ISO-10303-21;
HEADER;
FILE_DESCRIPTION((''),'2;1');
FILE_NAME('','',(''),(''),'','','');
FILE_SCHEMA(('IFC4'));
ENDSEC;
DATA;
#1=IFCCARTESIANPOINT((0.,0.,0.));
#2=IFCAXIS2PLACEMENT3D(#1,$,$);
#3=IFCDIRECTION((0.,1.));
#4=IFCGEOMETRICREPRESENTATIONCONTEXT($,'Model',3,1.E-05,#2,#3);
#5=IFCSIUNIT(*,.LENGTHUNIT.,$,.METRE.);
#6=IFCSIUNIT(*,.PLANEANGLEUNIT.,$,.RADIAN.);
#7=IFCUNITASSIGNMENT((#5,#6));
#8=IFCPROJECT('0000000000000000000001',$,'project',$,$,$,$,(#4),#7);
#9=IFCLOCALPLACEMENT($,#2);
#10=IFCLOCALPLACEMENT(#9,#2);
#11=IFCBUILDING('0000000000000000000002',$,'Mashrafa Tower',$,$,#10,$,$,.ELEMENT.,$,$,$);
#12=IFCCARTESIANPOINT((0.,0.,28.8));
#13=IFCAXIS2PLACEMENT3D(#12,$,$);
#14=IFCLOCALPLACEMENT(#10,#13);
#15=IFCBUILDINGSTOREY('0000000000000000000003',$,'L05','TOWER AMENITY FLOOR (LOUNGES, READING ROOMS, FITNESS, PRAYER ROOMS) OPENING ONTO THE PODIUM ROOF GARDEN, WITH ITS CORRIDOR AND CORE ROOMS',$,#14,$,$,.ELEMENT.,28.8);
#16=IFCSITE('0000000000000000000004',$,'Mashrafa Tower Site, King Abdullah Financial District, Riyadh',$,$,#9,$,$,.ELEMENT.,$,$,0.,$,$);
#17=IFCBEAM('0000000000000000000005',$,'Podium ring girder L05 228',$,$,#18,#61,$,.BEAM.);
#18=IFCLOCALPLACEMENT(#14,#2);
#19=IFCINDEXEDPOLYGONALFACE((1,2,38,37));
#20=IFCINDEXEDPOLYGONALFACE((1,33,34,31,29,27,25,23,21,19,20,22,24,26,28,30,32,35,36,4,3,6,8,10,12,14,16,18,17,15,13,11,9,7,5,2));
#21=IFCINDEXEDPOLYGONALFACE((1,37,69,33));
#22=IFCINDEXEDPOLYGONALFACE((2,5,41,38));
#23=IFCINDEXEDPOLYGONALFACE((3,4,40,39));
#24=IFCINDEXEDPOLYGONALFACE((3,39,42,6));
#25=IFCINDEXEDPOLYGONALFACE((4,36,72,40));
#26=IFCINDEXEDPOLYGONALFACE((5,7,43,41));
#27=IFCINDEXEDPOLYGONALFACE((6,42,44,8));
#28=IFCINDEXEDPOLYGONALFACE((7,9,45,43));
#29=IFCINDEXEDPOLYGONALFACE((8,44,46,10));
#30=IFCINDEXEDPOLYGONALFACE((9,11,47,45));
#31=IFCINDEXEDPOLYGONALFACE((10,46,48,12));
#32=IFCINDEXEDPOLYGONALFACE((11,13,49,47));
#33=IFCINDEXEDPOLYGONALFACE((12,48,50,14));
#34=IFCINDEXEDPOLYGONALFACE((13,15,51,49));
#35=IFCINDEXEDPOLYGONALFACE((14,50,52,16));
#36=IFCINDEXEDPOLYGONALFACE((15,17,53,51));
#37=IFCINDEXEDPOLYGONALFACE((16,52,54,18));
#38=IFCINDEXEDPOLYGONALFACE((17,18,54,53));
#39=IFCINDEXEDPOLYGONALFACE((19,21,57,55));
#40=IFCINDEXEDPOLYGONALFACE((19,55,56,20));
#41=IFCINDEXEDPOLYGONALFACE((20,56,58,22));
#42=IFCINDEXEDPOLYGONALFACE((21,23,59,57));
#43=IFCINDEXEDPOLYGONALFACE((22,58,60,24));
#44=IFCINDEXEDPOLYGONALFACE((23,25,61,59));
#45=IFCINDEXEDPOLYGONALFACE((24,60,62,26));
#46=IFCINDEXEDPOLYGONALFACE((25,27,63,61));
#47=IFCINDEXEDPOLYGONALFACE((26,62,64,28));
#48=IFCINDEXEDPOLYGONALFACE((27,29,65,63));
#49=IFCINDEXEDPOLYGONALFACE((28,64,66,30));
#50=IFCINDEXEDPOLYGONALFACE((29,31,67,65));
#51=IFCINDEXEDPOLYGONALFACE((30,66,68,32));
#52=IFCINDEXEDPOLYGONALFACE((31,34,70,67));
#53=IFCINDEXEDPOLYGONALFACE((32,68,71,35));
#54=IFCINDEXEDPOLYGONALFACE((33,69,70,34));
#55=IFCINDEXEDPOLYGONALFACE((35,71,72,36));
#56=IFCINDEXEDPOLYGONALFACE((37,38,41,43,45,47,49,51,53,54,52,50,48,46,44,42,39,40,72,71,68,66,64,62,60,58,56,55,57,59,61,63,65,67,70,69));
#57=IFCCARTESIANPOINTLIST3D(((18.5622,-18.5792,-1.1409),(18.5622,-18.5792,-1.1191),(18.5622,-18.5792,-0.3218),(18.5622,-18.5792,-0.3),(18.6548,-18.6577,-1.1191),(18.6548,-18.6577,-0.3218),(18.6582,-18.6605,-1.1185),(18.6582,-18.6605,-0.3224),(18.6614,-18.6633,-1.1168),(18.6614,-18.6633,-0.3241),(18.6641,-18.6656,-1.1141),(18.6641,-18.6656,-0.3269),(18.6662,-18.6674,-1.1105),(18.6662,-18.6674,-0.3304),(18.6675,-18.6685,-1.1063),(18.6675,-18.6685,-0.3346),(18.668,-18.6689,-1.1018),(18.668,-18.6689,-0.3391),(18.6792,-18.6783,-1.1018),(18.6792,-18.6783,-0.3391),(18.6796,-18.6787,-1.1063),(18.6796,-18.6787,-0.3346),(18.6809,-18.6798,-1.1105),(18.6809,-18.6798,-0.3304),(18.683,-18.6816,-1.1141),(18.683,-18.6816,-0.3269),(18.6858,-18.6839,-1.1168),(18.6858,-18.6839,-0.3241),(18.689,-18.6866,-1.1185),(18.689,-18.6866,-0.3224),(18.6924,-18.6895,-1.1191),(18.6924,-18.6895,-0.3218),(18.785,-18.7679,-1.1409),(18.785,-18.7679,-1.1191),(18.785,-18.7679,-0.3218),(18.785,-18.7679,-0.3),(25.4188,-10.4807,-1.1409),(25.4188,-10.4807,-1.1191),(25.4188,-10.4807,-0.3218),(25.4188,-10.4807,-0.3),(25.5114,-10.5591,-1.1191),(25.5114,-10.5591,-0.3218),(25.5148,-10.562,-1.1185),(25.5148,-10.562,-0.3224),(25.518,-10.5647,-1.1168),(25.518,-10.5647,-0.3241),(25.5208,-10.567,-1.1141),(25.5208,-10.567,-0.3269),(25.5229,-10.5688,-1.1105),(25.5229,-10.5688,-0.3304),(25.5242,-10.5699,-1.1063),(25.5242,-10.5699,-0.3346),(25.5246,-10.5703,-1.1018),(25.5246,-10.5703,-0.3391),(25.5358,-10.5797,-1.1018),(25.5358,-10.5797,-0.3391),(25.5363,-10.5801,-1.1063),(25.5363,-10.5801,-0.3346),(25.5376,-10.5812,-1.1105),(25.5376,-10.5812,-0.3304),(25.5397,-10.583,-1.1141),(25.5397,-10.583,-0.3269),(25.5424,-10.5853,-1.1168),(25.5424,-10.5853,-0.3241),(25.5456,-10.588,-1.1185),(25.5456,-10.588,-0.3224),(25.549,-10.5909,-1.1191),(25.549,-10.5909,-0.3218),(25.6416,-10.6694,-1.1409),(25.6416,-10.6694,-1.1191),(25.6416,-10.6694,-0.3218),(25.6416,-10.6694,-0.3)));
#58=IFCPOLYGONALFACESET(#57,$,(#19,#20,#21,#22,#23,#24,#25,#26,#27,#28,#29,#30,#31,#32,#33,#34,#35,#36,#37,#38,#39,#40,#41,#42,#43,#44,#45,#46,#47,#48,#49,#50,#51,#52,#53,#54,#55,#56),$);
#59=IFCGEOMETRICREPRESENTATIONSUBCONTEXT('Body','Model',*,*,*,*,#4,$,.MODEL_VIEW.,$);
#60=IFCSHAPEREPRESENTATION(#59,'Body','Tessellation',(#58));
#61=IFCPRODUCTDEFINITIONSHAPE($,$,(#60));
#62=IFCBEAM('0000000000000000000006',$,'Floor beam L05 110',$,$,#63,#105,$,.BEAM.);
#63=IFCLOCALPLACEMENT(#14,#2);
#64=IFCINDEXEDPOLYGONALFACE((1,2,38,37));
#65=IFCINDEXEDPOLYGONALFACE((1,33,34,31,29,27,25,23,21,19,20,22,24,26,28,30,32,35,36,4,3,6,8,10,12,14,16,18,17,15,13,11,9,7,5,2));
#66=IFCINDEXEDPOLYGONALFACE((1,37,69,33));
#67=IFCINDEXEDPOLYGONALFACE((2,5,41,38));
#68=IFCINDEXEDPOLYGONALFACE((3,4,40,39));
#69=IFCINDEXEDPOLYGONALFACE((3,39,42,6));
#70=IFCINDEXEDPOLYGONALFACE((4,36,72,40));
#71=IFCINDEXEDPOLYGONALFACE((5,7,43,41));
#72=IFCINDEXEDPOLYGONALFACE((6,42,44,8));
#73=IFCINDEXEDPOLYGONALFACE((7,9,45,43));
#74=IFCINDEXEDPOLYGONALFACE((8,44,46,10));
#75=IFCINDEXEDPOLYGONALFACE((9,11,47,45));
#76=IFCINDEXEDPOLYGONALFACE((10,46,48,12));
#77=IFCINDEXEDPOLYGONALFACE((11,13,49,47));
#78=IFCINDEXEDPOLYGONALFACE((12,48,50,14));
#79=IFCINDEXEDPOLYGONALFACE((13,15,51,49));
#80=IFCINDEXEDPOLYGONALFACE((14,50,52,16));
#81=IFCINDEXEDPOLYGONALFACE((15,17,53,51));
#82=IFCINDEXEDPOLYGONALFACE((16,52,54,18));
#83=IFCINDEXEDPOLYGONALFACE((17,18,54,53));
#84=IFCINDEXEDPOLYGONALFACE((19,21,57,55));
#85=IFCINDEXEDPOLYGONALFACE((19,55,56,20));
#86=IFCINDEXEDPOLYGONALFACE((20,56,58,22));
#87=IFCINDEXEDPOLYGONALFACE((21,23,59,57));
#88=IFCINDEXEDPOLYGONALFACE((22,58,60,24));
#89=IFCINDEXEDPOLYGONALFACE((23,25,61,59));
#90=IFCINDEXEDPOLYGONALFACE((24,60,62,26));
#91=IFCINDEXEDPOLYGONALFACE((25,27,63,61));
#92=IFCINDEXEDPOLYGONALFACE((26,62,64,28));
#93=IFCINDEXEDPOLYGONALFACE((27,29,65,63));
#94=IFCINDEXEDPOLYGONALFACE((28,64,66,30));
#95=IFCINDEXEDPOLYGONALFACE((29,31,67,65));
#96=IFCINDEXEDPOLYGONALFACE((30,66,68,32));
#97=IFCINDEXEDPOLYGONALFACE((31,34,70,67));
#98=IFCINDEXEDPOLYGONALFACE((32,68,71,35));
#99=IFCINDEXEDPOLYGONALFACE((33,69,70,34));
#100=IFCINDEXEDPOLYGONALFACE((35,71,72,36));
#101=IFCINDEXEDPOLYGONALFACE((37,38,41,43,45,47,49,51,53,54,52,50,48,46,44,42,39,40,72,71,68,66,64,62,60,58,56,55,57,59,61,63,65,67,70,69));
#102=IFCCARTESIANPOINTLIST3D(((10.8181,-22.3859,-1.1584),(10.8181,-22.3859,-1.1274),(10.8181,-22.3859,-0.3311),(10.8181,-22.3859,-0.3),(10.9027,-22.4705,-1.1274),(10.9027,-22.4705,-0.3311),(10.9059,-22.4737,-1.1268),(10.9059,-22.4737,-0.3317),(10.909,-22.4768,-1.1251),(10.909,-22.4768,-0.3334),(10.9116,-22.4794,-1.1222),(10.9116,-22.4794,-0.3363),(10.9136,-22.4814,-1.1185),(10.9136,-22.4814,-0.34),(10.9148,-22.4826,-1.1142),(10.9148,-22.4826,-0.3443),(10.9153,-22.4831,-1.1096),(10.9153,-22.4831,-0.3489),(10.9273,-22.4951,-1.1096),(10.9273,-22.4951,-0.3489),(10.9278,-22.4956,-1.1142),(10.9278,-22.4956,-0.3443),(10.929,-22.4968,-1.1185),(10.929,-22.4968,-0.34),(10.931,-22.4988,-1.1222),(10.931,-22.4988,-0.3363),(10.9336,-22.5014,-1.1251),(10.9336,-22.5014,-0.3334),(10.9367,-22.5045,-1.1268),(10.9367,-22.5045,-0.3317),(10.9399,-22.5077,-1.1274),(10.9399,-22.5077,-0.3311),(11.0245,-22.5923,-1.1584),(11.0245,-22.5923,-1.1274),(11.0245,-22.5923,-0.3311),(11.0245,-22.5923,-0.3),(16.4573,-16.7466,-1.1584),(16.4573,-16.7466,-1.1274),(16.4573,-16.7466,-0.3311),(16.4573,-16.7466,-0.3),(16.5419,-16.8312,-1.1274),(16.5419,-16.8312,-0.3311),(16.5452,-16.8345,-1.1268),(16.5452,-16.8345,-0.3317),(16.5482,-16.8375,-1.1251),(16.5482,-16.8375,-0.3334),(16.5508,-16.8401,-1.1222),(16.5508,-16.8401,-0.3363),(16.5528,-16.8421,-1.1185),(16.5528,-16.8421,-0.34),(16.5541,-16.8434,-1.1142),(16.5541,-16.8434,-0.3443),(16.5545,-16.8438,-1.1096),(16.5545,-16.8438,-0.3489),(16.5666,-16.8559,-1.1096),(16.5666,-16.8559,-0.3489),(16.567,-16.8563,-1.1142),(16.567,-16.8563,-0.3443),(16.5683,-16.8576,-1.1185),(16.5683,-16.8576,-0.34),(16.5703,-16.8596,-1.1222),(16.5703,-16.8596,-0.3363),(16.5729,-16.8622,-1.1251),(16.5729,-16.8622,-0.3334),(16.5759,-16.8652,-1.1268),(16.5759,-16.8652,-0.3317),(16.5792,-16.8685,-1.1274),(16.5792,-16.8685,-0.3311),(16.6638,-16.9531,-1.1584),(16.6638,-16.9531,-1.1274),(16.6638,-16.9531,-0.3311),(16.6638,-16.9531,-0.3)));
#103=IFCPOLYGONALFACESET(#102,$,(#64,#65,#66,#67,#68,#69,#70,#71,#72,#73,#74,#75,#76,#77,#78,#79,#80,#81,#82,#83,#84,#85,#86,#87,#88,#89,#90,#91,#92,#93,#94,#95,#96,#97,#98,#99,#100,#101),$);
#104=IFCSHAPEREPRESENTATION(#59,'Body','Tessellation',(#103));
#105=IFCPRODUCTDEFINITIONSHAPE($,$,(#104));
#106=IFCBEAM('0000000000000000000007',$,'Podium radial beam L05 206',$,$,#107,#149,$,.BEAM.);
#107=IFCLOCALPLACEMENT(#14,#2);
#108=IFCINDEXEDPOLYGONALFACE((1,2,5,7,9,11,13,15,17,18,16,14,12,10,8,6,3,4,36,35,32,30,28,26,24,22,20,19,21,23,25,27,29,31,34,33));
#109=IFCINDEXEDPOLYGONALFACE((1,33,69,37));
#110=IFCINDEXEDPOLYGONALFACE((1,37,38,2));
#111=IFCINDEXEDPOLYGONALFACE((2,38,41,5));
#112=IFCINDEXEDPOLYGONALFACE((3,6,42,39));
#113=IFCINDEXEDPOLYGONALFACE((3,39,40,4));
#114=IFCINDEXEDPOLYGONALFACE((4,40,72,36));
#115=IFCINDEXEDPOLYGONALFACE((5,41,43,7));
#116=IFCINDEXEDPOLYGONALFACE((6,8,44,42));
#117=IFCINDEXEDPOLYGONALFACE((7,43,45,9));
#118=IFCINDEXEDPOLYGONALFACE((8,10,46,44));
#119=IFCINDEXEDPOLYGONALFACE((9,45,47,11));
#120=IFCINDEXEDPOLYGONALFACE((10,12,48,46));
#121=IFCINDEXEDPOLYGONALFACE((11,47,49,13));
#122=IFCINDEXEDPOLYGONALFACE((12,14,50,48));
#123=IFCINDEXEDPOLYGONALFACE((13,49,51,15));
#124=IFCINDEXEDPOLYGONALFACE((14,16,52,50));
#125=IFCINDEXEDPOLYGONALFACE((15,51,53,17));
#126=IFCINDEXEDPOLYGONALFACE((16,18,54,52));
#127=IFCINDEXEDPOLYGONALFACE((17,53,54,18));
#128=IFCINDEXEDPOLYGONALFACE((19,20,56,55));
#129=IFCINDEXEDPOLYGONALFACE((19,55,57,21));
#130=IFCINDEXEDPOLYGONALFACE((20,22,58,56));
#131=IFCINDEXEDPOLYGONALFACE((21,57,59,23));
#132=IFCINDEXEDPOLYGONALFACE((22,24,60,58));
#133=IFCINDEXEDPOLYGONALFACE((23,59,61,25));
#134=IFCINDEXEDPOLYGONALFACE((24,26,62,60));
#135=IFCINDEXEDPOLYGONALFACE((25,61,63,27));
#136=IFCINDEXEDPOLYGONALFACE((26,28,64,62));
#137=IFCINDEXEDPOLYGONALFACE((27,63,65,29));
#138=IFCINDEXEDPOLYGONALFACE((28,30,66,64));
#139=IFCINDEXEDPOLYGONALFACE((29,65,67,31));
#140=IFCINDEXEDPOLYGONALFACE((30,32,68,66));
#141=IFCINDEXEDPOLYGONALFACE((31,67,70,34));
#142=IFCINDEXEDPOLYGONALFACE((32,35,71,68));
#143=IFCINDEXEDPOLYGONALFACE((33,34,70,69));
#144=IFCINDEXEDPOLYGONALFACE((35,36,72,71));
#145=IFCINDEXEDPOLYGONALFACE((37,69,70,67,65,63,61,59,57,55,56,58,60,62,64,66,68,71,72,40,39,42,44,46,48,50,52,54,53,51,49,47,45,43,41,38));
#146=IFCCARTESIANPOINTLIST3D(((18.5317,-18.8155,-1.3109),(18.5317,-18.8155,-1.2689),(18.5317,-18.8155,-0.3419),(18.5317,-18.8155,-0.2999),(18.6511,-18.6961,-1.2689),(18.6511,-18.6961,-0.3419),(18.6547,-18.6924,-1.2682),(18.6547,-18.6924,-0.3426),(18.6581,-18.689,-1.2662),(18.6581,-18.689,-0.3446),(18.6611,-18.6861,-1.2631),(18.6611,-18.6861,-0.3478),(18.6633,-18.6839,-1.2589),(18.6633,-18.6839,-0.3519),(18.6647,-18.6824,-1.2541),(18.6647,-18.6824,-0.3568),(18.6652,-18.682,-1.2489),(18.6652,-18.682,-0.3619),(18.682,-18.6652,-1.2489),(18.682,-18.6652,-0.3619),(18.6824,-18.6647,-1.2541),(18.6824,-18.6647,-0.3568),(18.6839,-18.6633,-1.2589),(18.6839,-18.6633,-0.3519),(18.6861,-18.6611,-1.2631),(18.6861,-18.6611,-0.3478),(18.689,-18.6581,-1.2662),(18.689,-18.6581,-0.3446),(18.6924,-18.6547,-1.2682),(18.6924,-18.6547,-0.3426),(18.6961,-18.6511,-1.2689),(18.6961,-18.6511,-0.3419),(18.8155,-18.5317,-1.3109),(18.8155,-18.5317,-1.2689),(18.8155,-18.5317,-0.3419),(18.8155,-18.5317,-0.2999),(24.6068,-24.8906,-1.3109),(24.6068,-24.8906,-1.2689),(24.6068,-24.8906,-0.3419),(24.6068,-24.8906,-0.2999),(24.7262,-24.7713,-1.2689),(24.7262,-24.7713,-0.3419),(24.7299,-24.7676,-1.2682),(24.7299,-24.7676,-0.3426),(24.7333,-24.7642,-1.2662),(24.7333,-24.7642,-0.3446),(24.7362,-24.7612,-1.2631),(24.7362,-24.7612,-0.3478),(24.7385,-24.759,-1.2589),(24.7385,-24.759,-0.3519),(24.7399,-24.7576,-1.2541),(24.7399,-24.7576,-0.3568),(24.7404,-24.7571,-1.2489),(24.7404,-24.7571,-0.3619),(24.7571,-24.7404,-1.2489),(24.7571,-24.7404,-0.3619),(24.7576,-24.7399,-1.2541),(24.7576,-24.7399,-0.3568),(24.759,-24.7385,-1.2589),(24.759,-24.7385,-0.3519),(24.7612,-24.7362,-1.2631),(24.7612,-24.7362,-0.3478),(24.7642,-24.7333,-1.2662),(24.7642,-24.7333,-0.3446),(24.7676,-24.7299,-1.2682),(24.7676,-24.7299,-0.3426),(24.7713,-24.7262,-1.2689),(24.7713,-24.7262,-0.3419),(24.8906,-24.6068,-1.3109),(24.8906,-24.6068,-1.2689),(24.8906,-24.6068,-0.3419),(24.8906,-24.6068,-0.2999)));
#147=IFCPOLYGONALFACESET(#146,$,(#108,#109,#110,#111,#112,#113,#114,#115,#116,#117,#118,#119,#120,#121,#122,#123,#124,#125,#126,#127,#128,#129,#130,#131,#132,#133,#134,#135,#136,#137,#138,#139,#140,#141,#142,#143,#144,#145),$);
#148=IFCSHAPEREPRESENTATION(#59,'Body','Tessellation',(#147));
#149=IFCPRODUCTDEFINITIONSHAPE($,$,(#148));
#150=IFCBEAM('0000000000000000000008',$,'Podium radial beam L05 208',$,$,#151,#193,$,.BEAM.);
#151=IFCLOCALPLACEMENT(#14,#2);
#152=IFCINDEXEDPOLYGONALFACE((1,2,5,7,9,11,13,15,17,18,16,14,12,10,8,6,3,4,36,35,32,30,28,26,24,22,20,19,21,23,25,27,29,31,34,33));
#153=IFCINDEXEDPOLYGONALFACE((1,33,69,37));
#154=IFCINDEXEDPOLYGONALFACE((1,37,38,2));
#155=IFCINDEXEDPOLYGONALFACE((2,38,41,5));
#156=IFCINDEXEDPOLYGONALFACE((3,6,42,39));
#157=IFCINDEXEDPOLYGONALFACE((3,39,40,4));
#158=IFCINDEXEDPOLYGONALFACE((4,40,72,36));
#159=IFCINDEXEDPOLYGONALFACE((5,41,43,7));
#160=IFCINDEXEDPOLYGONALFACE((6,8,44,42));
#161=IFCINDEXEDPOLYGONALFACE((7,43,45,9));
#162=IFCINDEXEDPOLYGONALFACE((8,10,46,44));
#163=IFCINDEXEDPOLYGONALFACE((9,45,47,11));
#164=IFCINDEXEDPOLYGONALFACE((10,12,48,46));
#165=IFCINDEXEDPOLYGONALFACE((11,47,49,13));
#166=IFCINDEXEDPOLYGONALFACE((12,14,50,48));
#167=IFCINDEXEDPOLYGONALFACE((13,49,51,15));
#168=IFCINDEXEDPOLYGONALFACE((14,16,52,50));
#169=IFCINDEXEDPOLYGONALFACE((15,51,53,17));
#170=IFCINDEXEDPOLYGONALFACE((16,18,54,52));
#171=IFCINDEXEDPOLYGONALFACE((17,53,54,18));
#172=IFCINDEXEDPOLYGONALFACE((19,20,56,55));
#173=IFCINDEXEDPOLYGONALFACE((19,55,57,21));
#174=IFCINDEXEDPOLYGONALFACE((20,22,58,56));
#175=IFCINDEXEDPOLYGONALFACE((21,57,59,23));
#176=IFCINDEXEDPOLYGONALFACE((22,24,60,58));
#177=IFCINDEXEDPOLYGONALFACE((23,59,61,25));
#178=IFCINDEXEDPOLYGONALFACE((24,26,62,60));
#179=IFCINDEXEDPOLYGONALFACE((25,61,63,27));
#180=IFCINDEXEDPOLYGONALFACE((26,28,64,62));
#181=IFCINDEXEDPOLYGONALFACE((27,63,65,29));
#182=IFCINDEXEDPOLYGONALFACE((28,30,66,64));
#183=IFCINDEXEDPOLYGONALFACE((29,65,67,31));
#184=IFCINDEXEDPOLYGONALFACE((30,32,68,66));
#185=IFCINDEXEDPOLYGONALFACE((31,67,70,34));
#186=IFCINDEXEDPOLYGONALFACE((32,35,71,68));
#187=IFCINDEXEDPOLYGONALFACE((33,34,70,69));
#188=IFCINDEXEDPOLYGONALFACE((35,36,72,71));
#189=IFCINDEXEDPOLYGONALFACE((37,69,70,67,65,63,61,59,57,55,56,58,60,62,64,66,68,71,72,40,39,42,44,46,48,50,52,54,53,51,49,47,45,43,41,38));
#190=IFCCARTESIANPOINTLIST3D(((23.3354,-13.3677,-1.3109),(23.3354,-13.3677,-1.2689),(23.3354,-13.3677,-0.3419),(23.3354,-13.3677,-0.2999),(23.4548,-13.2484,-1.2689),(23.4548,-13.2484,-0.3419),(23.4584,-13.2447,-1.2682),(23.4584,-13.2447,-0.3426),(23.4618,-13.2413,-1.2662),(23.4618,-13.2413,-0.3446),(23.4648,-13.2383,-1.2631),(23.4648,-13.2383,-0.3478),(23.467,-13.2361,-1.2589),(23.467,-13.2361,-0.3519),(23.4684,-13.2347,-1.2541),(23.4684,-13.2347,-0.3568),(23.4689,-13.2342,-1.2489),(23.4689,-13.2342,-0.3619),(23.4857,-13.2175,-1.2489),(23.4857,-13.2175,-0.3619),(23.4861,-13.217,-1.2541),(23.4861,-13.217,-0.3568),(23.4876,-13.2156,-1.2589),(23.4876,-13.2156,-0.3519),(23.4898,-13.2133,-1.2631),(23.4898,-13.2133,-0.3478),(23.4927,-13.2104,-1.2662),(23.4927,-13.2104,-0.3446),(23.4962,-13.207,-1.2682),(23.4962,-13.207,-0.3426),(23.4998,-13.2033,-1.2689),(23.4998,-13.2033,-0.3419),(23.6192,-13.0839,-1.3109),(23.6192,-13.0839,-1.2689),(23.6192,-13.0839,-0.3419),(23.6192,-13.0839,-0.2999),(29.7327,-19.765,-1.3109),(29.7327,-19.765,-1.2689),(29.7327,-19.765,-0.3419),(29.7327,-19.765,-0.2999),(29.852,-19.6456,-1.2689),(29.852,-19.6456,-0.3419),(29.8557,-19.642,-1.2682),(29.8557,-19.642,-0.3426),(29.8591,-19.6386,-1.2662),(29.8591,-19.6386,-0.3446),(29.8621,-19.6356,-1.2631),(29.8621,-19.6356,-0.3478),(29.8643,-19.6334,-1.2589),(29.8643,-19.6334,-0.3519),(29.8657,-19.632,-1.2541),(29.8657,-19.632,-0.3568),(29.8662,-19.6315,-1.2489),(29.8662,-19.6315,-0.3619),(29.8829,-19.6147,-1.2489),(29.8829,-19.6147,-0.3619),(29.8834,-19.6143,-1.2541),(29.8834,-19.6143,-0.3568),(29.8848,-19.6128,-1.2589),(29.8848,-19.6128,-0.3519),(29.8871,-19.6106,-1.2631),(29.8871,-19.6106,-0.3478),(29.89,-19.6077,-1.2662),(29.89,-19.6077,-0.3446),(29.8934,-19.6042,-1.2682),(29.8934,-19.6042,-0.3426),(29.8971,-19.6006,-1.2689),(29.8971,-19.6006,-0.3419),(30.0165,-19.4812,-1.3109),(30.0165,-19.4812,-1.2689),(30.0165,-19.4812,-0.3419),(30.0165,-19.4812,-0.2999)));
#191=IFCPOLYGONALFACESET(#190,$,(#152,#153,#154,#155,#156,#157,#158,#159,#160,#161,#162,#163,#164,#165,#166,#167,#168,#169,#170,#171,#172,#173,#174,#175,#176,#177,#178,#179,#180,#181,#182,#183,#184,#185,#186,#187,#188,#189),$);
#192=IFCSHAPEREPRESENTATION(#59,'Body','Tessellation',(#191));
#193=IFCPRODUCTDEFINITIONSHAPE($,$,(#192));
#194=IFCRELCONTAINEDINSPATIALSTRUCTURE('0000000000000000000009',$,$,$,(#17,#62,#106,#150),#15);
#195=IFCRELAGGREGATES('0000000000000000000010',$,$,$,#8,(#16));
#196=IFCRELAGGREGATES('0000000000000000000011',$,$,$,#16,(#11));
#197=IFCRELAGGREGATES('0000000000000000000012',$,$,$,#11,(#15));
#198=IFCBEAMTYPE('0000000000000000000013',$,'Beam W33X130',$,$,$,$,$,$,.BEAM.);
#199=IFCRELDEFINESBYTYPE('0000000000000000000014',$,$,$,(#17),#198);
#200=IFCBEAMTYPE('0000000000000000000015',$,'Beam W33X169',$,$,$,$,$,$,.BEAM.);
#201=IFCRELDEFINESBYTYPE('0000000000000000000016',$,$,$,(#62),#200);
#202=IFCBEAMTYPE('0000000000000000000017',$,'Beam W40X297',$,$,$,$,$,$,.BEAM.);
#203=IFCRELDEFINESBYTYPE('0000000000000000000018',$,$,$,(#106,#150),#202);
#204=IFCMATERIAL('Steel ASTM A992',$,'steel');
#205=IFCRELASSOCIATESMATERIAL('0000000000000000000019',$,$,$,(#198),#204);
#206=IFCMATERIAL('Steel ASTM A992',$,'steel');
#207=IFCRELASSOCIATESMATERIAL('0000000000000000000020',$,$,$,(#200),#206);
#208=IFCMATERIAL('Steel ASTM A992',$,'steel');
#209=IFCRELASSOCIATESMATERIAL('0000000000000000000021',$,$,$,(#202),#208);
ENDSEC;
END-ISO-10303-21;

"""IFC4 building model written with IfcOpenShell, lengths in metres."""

from ifc_helpers import new_model, si_unit, direction, frame, origin, origin_2d, place, context, subcontext, project, spatial, i_section, extrude, material, material_profile, profile_set, type_object, element, save


model = new_model("IFC4")

# Units and contexts
model_context = context("Model", 3, precision=1e-05, world=origin(), true_north=direction((0.0, 1.0)))
body_context = subcontext(model_context, "Body", "Model", "MODEL_VIEW")
ifc_project = project(units=[si_unit("LENGTHUNIT", "METRE"), si_unit("PLANEANGLEUNIT", "RADIAN")], contexts=[model_context])

# Site, building, storey
site_placement = place(None, origin())
site = spatial("IfcSite", under=ifc_project, at=site_placement, Name="Mashrafa Tower Site, King Abdullah Financial District, Riyadh", CompositionType="ELEMENT", RefElevation=0.0)
building_placement = place(site_placement, origin())
building = spatial("IfcBuilding", under=site, at=building_placement, Name="Mashrafa Tower", CompositionType="ELEMENT")
storey_placement = place(building_placement, frame((0.0, 0.0, 28.8)))
storey = spatial("IfcBuildingStorey", under=building, at=storey_placement, Name="L05", Description="TOWER AMENITY FLOOR (LOUNGES, READING ROOMS, FITNESS, PRAYER ROOMS) OPENING ONTO THE PODIUM ROOF GARDEN, WITH ITS CORRIDOR AND CORE ROOMS", CompositionType="ELEMENT", Elevation=28.8)

# Beams
ifc_material_1 = material(Name="Steel ASTM A992", Category="steel")
ifc_material_profile_1 = material_profile(ifc_material_1, i_section(OverallWidth=0.292, OverallDepth=0.8408, WebThickness=0.0146, FlangeThickness=0.0217, FilletRadius=0.0173, at=origin_2d()), Name="W33X130")
ifc_profile_set_1 = profile_set([ifc_material_profile_1], Name="Steel ASTM A992")
beam_type_1 = type_object("IfcBeamType", Name="Beam W33X130", PredefinedType="BEAM", material=ifc_profile_set_1)
beam_1_placement = place(storey_placement, frame((18.6736, -18.6736, -0.7205), z_axis=(0.646162, 0.7632, 0.0), x_axis=(-0.7632, 0.646162, 0.0)))
element("IfcBeam", 1, at=beam_1_placement, inside=storey, type_object=beam_type_1, Name="Podium ring girder L05 228", PredefinedType="BEAM", context=body_context, shape_type="SweptSolid", body=[
    extrude(i_section(OverallWidth=0.292, OverallDepth=0.8408, WebThickness=0.0146, FlangeThickness=0.0217, FilletRadius=0.0173, at=origin_2d()), origin(), (0.0, 0.0, 1.0), 10.6113),
])
ifc_material_2 = material(Name="Steel ASTM A992", Category="steel")
ifc_material_profile_2 = material_profile(ifc_material_2, i_section(OverallWidth=0.292, OverallDepth=0.8584, WebThickness=0.0171, FlangeThickness=0.031, FilletRadius=0.0178, at=origin_2d()), Name="W33X169")
ifc_profile_set_2 = profile_set([ifc_material_profile_2], Name="Steel ASTM A992")
beam_type_2 = type_object("IfcBeamType", Name="Beam W33X169", PredefinedType="BEAM", material=ifc_profile_set_2)
beam_2_placement = place(storey_placement, frame((16.5605, -16.8499, -0.7292), z_axis=(-0.707107, -0.707107, 0.0), x_axis=(0.707107, -0.707107, 0.0)))
element("IfcBeam", 2, at=beam_2_placement, inside=storey, type_object=beam_type_2, Name="Floor beam L05 110", PredefinedType="BEAM", context=body_context, shape_type="SweptSolid", body=[
    extrude(i_section(OverallWidth=0.292, OverallDepth=0.8584, WebThickness=0.0171, FlangeThickness=0.031, FilletRadius=0.0178, at=origin_2d()), origin(), (0.0, 0.0, 1.0), 7.9751),
])
ifc_material_3 = material(Name="Steel ASTM A992", Category="steel")
ifc_material_profile_3 = material_profile(ifc_material_3, i_section(OverallWidth=0.4014, OverallDepth=1.011, WebThickness=0.0237, FlangeThickness=0.042, FilletRadius=0.02, at=origin_2d()), Name="W40X297")
ifc_profile_set_3 = profile_set([ifc_material_profile_3], Name="Steel ASTM A992")
beam_type_3 = type_object("IfcBeamType", Name="Beam W40X297", PredefinedType="BEAM", material=ifc_profile_set_3)
beam_3_placement = place(storey_placement, frame((18.6736, -18.6736, -0.8054), z_axis=(0.707107, -0.707107, 0.0), x_axis=(0.707107, 0.707107, 0.0)))
element("IfcBeam", 3, at=beam_3_placement, inside=storey, type_object=beam_type_3, Name="Podium radial beam L05 206", PredefinedType="BEAM", context=body_context, shape_type="SweptSolid", body=[
    extrude(i_section(OverallWidth=0.4014, OverallDepth=1.011, WebThickness=0.0237, FlangeThickness=0.042, FilletRadius=0.02, at=origin_2d()), origin(), (0.0, 0.0, 1.0), 8.5916),
])
beam_4_placement = place(storey_placement, frame((23.4773, -13.2258, -0.8054), z_axis=(0.707107, -0.707107, 0.0), x_axis=(0.707107, 0.707107, 0.0)))
element("IfcBeam", 4, at=beam_4_placement, inside=storey, type_object=beam_type_3, Name="Podium radial beam L05 208", PredefinedType="BEAM", context=body_context, shape_type="SweptSolid", body=[
    extrude(i_section(OverallWidth=0.4014, OverallDepth=1.011, WebThickness=0.0237, FlangeThickness=0.042, FilletRadius=0.02, at=origin_2d()), origin(), (0.0, 0.0, 1.0), 9.0471),
])

save(model, "model.ifc")
